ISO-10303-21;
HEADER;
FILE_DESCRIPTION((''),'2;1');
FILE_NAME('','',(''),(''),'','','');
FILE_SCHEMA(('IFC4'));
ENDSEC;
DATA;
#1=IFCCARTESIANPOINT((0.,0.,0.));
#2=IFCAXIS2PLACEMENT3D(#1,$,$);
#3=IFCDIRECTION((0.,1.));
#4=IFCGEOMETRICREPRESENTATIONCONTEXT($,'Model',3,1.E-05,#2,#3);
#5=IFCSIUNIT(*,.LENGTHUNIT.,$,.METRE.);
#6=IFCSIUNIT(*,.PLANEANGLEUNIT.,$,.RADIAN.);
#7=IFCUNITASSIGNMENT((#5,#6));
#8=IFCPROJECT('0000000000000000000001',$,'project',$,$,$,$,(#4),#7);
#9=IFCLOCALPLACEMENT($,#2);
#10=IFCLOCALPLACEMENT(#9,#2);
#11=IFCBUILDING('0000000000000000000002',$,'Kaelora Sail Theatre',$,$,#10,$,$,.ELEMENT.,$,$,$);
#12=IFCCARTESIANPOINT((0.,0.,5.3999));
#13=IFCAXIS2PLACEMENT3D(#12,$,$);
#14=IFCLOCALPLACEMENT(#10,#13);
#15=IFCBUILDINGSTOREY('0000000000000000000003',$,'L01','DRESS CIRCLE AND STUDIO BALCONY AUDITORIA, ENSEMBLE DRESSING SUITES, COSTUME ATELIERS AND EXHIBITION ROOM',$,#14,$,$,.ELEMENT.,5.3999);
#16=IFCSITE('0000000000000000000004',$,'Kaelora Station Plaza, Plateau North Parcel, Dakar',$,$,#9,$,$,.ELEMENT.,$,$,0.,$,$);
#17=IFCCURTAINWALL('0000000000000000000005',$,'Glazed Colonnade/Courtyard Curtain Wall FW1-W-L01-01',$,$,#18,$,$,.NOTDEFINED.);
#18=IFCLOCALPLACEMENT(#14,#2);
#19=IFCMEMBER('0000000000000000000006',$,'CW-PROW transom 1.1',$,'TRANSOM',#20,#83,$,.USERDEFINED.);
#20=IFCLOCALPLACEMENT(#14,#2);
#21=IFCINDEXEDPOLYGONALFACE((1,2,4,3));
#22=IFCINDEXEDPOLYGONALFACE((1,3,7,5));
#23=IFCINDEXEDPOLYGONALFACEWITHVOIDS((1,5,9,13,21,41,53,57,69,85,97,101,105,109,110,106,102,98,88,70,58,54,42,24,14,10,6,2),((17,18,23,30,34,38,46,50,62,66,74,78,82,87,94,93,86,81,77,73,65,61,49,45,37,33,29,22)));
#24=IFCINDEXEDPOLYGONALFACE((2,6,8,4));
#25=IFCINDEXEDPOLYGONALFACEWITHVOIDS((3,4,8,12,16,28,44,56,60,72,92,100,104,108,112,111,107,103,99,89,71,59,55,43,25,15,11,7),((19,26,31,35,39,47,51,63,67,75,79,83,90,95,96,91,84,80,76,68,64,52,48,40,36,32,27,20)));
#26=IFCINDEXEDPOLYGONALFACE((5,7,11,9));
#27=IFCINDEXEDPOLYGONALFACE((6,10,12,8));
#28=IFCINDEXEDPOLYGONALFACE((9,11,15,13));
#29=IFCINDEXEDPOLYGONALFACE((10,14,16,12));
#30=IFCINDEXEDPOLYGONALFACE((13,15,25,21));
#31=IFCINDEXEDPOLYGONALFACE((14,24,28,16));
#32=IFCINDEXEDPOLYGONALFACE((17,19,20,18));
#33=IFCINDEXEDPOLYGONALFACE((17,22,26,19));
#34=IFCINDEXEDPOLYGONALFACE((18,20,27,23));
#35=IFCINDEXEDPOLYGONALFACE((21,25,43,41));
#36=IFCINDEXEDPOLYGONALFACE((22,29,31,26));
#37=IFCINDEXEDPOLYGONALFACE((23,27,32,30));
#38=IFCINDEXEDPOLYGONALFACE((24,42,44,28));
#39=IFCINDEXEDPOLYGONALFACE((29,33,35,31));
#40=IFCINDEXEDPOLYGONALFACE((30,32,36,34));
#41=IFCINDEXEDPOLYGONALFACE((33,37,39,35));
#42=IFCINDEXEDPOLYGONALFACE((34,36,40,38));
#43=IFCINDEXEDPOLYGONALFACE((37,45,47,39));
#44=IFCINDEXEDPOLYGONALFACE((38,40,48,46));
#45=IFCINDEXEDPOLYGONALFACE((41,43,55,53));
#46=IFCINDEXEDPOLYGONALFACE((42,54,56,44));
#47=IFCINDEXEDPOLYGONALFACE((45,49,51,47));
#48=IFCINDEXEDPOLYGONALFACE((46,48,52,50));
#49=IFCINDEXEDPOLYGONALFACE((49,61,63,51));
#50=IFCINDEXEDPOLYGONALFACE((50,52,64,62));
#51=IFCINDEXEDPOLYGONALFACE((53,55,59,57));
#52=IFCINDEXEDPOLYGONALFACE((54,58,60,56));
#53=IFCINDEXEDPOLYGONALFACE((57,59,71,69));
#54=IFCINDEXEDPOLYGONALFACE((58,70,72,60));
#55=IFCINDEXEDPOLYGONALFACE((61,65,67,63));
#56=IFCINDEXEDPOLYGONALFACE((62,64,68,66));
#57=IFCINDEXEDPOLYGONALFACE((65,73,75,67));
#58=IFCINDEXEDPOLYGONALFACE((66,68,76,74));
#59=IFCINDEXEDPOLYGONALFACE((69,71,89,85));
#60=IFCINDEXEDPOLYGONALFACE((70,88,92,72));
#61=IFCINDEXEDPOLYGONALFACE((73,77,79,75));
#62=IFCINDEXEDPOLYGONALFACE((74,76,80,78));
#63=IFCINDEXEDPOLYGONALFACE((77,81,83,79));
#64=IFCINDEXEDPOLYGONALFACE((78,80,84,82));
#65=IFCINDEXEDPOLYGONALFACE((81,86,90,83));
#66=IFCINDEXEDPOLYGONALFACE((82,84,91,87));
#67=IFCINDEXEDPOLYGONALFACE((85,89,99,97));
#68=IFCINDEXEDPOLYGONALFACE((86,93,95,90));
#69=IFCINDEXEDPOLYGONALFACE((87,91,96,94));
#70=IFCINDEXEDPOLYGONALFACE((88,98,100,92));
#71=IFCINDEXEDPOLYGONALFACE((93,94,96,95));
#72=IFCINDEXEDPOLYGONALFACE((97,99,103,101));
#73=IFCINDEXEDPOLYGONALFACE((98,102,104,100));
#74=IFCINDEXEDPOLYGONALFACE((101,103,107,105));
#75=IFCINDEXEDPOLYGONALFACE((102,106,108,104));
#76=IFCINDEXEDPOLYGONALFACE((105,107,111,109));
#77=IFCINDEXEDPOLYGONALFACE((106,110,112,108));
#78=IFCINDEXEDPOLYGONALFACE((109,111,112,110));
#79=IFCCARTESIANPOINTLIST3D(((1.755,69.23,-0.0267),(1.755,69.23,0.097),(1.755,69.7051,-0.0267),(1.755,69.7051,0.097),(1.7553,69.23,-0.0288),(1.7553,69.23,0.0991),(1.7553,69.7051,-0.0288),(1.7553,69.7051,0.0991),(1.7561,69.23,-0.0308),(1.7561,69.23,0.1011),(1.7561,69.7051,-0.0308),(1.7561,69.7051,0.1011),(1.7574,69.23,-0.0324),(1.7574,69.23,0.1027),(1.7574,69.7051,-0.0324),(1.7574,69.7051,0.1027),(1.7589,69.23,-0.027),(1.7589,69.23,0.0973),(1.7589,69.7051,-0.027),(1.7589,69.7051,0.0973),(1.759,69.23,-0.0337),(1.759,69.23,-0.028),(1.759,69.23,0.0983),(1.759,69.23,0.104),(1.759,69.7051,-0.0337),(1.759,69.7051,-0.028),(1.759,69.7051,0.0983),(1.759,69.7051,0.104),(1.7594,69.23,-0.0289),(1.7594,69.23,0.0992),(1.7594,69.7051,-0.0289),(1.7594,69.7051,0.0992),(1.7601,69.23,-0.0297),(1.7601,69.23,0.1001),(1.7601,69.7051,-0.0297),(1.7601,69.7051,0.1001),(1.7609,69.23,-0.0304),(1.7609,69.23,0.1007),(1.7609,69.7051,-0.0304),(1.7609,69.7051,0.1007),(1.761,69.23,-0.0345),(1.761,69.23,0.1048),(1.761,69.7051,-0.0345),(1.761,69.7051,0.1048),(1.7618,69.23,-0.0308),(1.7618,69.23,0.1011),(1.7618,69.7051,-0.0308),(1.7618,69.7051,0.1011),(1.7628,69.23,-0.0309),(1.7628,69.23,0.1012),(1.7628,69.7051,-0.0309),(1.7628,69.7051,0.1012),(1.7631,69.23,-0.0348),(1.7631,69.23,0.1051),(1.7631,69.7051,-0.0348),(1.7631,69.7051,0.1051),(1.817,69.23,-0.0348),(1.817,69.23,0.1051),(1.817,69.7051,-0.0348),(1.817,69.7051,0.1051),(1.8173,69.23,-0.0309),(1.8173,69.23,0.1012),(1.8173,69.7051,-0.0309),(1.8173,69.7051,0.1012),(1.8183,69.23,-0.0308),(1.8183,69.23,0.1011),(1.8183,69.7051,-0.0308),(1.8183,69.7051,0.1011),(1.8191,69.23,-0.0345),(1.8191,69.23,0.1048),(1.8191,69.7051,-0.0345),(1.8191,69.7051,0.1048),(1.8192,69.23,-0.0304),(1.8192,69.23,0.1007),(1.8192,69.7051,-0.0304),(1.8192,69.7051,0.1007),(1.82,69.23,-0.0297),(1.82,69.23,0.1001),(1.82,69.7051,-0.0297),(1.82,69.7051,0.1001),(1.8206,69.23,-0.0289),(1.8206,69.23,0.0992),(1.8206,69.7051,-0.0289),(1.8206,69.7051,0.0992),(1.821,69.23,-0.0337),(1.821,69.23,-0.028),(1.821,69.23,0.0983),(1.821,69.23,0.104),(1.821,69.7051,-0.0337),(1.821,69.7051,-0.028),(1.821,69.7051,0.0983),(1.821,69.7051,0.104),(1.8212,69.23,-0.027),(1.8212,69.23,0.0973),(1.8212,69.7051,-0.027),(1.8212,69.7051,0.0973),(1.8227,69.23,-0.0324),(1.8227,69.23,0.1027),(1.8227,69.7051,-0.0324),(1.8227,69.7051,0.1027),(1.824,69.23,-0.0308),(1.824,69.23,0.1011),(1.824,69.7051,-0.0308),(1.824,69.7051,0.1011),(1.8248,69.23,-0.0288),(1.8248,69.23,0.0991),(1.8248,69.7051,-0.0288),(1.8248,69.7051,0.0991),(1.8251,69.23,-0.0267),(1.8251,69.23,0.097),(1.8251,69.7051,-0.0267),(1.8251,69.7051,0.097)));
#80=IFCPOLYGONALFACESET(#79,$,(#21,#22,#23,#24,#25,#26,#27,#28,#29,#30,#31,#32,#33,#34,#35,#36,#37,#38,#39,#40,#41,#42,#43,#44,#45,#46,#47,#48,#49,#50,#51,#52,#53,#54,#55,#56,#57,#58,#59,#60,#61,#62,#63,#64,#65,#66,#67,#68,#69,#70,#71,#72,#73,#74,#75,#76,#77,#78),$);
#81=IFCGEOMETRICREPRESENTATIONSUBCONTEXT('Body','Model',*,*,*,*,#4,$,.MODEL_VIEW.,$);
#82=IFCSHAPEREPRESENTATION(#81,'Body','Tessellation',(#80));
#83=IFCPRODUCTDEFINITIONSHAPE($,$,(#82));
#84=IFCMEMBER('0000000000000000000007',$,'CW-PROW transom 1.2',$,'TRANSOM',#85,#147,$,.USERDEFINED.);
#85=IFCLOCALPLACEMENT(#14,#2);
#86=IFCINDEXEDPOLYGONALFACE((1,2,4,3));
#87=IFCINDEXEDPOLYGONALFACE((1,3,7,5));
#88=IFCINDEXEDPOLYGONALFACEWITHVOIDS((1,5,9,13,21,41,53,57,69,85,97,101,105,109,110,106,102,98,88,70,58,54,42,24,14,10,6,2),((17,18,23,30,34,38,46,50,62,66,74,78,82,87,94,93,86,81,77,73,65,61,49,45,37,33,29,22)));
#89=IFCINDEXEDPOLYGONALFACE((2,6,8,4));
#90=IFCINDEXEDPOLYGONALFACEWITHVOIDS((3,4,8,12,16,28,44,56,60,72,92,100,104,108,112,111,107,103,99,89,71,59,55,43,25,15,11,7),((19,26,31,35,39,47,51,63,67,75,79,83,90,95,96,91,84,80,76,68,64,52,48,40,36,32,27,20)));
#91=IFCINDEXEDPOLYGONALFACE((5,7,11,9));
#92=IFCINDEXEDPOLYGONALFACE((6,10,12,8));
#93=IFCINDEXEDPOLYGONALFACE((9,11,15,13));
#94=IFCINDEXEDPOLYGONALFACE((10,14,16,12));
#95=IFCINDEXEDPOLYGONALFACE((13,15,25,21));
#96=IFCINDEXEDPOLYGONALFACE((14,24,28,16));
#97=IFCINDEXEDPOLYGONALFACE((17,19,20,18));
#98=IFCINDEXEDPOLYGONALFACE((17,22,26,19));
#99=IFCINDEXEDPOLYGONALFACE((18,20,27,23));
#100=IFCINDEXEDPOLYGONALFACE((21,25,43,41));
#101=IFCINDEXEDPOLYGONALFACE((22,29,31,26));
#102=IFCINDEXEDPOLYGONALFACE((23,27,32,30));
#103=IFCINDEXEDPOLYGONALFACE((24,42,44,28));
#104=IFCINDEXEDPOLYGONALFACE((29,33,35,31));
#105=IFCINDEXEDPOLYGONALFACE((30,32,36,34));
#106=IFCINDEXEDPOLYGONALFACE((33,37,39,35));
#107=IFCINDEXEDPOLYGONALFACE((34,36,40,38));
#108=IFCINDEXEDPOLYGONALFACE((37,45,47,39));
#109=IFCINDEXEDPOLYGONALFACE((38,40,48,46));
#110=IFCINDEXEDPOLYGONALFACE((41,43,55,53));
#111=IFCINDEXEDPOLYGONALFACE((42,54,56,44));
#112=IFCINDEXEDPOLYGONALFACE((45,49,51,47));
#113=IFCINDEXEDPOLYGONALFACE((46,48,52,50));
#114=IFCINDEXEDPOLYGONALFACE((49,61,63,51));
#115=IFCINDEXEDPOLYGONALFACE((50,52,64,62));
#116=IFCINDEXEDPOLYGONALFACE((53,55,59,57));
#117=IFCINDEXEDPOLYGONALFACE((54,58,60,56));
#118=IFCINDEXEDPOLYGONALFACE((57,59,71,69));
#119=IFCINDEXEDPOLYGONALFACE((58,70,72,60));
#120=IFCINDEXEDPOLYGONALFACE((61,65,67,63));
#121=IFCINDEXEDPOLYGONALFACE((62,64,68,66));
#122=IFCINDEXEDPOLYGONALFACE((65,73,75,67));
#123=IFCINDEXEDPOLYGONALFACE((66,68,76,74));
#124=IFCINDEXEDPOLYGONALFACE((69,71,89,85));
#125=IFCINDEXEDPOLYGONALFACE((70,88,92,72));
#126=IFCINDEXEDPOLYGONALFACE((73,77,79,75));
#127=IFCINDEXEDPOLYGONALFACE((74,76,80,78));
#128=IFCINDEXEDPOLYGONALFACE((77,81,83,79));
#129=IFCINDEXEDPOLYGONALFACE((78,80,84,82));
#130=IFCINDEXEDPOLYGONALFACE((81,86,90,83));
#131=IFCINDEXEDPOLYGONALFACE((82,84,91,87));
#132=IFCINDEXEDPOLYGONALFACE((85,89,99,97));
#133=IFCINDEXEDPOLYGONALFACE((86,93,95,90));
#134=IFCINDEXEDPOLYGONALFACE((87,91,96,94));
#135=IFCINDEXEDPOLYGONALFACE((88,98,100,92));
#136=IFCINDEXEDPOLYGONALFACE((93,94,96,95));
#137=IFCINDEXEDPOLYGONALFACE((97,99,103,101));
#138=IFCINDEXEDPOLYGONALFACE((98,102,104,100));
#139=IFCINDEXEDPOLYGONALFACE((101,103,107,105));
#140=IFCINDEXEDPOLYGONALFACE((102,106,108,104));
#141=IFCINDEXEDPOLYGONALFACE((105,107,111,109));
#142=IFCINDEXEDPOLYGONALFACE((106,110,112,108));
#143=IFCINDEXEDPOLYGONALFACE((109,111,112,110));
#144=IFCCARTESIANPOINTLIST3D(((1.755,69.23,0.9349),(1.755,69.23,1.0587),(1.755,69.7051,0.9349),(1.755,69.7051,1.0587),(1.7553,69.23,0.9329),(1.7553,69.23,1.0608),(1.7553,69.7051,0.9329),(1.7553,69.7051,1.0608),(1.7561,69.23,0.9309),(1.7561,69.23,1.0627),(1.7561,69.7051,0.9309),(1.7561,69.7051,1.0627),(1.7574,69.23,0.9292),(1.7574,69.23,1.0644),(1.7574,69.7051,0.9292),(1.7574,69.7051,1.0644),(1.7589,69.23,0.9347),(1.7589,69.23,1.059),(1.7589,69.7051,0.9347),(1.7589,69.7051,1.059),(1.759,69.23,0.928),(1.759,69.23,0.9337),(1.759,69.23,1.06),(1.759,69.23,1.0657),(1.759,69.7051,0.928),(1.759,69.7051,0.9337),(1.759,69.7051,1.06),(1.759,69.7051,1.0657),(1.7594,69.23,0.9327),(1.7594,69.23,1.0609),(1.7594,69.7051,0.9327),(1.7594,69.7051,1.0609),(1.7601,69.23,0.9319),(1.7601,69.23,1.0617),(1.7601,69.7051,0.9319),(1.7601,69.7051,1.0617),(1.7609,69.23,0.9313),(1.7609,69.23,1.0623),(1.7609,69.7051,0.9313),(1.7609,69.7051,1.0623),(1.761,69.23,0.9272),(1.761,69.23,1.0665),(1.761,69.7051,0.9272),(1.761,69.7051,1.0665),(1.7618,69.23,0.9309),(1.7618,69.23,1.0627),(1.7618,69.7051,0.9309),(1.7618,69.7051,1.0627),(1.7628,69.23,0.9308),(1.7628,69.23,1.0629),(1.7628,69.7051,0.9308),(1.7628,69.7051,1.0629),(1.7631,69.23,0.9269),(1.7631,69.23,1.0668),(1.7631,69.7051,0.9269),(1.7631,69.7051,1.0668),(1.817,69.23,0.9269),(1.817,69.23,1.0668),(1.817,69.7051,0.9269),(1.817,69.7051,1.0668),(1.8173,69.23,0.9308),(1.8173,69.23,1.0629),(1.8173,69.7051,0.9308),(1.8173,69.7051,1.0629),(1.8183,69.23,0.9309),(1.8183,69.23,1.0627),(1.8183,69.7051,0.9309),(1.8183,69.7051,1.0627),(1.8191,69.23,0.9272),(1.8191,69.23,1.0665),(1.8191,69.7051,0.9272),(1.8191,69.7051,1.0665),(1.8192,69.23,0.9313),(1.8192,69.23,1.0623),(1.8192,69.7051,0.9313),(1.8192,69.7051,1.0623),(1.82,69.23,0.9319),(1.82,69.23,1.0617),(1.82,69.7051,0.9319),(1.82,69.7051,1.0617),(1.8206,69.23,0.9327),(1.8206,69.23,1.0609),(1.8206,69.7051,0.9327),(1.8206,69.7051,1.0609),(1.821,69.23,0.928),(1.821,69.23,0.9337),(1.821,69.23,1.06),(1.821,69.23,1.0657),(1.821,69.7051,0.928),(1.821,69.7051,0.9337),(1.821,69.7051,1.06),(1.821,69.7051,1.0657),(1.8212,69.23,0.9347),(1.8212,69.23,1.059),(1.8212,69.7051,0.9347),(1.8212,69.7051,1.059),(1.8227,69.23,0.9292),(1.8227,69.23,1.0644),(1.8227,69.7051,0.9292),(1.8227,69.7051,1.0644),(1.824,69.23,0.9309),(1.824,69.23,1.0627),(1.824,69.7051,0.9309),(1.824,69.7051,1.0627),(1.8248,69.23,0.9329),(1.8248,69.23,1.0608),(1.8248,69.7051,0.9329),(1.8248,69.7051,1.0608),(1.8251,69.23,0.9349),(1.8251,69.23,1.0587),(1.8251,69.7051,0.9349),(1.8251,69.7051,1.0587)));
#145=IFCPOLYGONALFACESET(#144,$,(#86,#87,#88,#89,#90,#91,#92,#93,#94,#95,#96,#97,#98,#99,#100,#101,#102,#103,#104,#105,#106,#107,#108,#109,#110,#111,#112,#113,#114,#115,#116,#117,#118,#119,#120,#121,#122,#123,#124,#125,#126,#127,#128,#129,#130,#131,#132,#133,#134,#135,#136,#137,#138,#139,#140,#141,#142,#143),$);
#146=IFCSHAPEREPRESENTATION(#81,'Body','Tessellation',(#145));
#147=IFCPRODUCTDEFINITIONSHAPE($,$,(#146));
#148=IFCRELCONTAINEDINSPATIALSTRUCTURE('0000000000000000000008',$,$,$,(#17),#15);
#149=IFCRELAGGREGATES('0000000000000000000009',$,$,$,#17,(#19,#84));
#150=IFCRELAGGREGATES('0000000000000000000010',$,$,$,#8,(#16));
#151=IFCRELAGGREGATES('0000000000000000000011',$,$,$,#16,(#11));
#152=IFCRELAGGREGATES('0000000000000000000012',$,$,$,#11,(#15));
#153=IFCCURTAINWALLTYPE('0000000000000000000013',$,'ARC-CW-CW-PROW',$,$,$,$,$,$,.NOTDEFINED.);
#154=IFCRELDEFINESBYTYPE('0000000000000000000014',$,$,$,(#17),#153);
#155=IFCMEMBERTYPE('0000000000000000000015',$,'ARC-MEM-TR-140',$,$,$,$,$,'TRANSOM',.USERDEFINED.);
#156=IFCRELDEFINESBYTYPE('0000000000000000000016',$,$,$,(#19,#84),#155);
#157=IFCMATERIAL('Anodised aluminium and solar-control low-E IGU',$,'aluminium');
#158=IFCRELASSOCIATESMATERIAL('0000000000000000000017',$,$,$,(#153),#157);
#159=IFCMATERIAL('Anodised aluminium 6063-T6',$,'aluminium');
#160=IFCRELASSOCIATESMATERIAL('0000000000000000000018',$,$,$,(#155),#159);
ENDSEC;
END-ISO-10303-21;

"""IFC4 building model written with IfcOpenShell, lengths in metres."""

from ifc_helpers import new_model, si_unit, direction, frame, origin, origin_2d, place, context, subcontext, project, spatial, hollow_rectangle, extrude, material, material_profile, profile_set, type_object, element, aggregate, save


model = new_model("IFC4")

# Units and contexts
model_context = context("Model", 3, precision=1e-05, world=origin(), true_north=direction((0.0, 1.0)))
body_context = subcontext(model_context, "Body", "Model", "MODEL_VIEW")
ifc_project = project(units=[si_unit("LENGTHUNIT", "METRE"), si_unit("PLANEANGLEUNIT", "RADIAN")], contexts=[model_context])

# Site, building, storey
site_placement = place(None, origin())
site = spatial("IfcSite", under=ifc_project, at=site_placement, Name="Kaelora Station Plaza, Plateau North Parcel, Dakar", CompositionType="ELEMENT", RefElevation=0.0)
building_placement = place(site_placement, origin())
building = spatial("IfcBuilding", under=site, at=building_placement, Name="Kaelora Sail Theatre", CompositionType="ELEMENT")
storey_placement = place(building_placement, frame((0.0, 0.0, 5.3999)))
storey = spatial("IfcBuildingStorey", under=building, at=storey_placement, Name="L01", Description="DRESS CIRCLE AND STUDIO BALCONY AUDITORIA, ENSEMBLE DRESSING SUITES, COSTUME ATELIERS AND EXHIBITION ROOM", CompositionType="ELEMENT", Elevation=5.3999)

# Curtain wall
ifc_material_1 = material(Name="Anodised aluminium and solar-control low-E IGU", Category="aluminium")
curtain_wall_type = type_object("IfcCurtainWallType", Name="ARC-CW-CW-PROW", PredefinedType="NOTDEFINED", material=ifc_material_1)
curtain_wall_1_placement = place(storey_placement, origin())
curtain_wall_1 = element("IfcCurtainWall", 1, at=curtain_wall_1_placement, inside=storey, type_object=curtain_wall_type, Name="Glazed Colonnade/Courtyard Curtain Wall FW1-W-L01-01", PredefinedType="NOTDEFINED")

# Members
ifc_material_2 = material(Name="Anodised aluminium 6063-T6", Category="aluminium")
ifc_material_profile_1 = material_profile(ifc_material_2, hollow_rectangle(XDim=0.0701, YDim=0.1399, WallThickness=0.0039, InnerFilletRadius=0.0039, OuterFilletRadius=0.0081, at=origin_2d()), Name="ALU-TRAN 70x140x4")
ifc_profile_set_1 = profile_set([ifc_material_profile_1], Name="Anodised aluminium 6063-T6")
member_type_1 = type_object("IfcMemberType", Name="ARC-MEM-TR-140", ElementType="TRANSOM", PredefinedType="USERDEFINED", material=ifc_profile_set_1)
member_1_placement = place(storey_placement, frame((1.79, 69.23, 0.0352), z_axis=(0.0, 1.0, 0.0), x_axis=(-1.0, 0.0, 0.0)))
member_1 = element("IfcMember", 2, at=member_1_placement, type_object=member_type_1, Name="CW-PROW transom 1.1", ObjectType="TRANSOM", PredefinedType="USERDEFINED", context=body_context, shape_type="SweptSolid", body=[
    extrude(hollow_rectangle(XDim=0.0701, YDim=0.1399, WallThickness=0.0039, InnerFilletRadius=0.0039, OuterFilletRadius=0.0081, at=origin_2d()), origin(), (0.0, 0.0, 1.0), 0.4751),
])
member_2_placement = place(storey_placement, frame((1.79, 69.23, 0.9968), z_axis=(0.0, 1.0, 0.0), x_axis=(-1.0, 0.0, 0.0)))
member_2 = element("IfcMember", 3, at=member_2_placement, type_object=member_type_1, Name="CW-PROW transom 1.2", ObjectType="TRANSOM", PredefinedType="USERDEFINED", context=body_context, shape_type="SweptSolid", body=[
    extrude(hollow_rectangle(XDim=0.0701, YDim=0.1399, WallThickness=0.0039, InnerFilletRadius=0.0039, OuterFilletRadius=0.0081, at=origin_2d()), origin(), (0.0, 0.0, 1.0), 0.4751),
])

aggregate(curtain_wall_1, [member_1, member_2])

save(model, "model.ifc")
